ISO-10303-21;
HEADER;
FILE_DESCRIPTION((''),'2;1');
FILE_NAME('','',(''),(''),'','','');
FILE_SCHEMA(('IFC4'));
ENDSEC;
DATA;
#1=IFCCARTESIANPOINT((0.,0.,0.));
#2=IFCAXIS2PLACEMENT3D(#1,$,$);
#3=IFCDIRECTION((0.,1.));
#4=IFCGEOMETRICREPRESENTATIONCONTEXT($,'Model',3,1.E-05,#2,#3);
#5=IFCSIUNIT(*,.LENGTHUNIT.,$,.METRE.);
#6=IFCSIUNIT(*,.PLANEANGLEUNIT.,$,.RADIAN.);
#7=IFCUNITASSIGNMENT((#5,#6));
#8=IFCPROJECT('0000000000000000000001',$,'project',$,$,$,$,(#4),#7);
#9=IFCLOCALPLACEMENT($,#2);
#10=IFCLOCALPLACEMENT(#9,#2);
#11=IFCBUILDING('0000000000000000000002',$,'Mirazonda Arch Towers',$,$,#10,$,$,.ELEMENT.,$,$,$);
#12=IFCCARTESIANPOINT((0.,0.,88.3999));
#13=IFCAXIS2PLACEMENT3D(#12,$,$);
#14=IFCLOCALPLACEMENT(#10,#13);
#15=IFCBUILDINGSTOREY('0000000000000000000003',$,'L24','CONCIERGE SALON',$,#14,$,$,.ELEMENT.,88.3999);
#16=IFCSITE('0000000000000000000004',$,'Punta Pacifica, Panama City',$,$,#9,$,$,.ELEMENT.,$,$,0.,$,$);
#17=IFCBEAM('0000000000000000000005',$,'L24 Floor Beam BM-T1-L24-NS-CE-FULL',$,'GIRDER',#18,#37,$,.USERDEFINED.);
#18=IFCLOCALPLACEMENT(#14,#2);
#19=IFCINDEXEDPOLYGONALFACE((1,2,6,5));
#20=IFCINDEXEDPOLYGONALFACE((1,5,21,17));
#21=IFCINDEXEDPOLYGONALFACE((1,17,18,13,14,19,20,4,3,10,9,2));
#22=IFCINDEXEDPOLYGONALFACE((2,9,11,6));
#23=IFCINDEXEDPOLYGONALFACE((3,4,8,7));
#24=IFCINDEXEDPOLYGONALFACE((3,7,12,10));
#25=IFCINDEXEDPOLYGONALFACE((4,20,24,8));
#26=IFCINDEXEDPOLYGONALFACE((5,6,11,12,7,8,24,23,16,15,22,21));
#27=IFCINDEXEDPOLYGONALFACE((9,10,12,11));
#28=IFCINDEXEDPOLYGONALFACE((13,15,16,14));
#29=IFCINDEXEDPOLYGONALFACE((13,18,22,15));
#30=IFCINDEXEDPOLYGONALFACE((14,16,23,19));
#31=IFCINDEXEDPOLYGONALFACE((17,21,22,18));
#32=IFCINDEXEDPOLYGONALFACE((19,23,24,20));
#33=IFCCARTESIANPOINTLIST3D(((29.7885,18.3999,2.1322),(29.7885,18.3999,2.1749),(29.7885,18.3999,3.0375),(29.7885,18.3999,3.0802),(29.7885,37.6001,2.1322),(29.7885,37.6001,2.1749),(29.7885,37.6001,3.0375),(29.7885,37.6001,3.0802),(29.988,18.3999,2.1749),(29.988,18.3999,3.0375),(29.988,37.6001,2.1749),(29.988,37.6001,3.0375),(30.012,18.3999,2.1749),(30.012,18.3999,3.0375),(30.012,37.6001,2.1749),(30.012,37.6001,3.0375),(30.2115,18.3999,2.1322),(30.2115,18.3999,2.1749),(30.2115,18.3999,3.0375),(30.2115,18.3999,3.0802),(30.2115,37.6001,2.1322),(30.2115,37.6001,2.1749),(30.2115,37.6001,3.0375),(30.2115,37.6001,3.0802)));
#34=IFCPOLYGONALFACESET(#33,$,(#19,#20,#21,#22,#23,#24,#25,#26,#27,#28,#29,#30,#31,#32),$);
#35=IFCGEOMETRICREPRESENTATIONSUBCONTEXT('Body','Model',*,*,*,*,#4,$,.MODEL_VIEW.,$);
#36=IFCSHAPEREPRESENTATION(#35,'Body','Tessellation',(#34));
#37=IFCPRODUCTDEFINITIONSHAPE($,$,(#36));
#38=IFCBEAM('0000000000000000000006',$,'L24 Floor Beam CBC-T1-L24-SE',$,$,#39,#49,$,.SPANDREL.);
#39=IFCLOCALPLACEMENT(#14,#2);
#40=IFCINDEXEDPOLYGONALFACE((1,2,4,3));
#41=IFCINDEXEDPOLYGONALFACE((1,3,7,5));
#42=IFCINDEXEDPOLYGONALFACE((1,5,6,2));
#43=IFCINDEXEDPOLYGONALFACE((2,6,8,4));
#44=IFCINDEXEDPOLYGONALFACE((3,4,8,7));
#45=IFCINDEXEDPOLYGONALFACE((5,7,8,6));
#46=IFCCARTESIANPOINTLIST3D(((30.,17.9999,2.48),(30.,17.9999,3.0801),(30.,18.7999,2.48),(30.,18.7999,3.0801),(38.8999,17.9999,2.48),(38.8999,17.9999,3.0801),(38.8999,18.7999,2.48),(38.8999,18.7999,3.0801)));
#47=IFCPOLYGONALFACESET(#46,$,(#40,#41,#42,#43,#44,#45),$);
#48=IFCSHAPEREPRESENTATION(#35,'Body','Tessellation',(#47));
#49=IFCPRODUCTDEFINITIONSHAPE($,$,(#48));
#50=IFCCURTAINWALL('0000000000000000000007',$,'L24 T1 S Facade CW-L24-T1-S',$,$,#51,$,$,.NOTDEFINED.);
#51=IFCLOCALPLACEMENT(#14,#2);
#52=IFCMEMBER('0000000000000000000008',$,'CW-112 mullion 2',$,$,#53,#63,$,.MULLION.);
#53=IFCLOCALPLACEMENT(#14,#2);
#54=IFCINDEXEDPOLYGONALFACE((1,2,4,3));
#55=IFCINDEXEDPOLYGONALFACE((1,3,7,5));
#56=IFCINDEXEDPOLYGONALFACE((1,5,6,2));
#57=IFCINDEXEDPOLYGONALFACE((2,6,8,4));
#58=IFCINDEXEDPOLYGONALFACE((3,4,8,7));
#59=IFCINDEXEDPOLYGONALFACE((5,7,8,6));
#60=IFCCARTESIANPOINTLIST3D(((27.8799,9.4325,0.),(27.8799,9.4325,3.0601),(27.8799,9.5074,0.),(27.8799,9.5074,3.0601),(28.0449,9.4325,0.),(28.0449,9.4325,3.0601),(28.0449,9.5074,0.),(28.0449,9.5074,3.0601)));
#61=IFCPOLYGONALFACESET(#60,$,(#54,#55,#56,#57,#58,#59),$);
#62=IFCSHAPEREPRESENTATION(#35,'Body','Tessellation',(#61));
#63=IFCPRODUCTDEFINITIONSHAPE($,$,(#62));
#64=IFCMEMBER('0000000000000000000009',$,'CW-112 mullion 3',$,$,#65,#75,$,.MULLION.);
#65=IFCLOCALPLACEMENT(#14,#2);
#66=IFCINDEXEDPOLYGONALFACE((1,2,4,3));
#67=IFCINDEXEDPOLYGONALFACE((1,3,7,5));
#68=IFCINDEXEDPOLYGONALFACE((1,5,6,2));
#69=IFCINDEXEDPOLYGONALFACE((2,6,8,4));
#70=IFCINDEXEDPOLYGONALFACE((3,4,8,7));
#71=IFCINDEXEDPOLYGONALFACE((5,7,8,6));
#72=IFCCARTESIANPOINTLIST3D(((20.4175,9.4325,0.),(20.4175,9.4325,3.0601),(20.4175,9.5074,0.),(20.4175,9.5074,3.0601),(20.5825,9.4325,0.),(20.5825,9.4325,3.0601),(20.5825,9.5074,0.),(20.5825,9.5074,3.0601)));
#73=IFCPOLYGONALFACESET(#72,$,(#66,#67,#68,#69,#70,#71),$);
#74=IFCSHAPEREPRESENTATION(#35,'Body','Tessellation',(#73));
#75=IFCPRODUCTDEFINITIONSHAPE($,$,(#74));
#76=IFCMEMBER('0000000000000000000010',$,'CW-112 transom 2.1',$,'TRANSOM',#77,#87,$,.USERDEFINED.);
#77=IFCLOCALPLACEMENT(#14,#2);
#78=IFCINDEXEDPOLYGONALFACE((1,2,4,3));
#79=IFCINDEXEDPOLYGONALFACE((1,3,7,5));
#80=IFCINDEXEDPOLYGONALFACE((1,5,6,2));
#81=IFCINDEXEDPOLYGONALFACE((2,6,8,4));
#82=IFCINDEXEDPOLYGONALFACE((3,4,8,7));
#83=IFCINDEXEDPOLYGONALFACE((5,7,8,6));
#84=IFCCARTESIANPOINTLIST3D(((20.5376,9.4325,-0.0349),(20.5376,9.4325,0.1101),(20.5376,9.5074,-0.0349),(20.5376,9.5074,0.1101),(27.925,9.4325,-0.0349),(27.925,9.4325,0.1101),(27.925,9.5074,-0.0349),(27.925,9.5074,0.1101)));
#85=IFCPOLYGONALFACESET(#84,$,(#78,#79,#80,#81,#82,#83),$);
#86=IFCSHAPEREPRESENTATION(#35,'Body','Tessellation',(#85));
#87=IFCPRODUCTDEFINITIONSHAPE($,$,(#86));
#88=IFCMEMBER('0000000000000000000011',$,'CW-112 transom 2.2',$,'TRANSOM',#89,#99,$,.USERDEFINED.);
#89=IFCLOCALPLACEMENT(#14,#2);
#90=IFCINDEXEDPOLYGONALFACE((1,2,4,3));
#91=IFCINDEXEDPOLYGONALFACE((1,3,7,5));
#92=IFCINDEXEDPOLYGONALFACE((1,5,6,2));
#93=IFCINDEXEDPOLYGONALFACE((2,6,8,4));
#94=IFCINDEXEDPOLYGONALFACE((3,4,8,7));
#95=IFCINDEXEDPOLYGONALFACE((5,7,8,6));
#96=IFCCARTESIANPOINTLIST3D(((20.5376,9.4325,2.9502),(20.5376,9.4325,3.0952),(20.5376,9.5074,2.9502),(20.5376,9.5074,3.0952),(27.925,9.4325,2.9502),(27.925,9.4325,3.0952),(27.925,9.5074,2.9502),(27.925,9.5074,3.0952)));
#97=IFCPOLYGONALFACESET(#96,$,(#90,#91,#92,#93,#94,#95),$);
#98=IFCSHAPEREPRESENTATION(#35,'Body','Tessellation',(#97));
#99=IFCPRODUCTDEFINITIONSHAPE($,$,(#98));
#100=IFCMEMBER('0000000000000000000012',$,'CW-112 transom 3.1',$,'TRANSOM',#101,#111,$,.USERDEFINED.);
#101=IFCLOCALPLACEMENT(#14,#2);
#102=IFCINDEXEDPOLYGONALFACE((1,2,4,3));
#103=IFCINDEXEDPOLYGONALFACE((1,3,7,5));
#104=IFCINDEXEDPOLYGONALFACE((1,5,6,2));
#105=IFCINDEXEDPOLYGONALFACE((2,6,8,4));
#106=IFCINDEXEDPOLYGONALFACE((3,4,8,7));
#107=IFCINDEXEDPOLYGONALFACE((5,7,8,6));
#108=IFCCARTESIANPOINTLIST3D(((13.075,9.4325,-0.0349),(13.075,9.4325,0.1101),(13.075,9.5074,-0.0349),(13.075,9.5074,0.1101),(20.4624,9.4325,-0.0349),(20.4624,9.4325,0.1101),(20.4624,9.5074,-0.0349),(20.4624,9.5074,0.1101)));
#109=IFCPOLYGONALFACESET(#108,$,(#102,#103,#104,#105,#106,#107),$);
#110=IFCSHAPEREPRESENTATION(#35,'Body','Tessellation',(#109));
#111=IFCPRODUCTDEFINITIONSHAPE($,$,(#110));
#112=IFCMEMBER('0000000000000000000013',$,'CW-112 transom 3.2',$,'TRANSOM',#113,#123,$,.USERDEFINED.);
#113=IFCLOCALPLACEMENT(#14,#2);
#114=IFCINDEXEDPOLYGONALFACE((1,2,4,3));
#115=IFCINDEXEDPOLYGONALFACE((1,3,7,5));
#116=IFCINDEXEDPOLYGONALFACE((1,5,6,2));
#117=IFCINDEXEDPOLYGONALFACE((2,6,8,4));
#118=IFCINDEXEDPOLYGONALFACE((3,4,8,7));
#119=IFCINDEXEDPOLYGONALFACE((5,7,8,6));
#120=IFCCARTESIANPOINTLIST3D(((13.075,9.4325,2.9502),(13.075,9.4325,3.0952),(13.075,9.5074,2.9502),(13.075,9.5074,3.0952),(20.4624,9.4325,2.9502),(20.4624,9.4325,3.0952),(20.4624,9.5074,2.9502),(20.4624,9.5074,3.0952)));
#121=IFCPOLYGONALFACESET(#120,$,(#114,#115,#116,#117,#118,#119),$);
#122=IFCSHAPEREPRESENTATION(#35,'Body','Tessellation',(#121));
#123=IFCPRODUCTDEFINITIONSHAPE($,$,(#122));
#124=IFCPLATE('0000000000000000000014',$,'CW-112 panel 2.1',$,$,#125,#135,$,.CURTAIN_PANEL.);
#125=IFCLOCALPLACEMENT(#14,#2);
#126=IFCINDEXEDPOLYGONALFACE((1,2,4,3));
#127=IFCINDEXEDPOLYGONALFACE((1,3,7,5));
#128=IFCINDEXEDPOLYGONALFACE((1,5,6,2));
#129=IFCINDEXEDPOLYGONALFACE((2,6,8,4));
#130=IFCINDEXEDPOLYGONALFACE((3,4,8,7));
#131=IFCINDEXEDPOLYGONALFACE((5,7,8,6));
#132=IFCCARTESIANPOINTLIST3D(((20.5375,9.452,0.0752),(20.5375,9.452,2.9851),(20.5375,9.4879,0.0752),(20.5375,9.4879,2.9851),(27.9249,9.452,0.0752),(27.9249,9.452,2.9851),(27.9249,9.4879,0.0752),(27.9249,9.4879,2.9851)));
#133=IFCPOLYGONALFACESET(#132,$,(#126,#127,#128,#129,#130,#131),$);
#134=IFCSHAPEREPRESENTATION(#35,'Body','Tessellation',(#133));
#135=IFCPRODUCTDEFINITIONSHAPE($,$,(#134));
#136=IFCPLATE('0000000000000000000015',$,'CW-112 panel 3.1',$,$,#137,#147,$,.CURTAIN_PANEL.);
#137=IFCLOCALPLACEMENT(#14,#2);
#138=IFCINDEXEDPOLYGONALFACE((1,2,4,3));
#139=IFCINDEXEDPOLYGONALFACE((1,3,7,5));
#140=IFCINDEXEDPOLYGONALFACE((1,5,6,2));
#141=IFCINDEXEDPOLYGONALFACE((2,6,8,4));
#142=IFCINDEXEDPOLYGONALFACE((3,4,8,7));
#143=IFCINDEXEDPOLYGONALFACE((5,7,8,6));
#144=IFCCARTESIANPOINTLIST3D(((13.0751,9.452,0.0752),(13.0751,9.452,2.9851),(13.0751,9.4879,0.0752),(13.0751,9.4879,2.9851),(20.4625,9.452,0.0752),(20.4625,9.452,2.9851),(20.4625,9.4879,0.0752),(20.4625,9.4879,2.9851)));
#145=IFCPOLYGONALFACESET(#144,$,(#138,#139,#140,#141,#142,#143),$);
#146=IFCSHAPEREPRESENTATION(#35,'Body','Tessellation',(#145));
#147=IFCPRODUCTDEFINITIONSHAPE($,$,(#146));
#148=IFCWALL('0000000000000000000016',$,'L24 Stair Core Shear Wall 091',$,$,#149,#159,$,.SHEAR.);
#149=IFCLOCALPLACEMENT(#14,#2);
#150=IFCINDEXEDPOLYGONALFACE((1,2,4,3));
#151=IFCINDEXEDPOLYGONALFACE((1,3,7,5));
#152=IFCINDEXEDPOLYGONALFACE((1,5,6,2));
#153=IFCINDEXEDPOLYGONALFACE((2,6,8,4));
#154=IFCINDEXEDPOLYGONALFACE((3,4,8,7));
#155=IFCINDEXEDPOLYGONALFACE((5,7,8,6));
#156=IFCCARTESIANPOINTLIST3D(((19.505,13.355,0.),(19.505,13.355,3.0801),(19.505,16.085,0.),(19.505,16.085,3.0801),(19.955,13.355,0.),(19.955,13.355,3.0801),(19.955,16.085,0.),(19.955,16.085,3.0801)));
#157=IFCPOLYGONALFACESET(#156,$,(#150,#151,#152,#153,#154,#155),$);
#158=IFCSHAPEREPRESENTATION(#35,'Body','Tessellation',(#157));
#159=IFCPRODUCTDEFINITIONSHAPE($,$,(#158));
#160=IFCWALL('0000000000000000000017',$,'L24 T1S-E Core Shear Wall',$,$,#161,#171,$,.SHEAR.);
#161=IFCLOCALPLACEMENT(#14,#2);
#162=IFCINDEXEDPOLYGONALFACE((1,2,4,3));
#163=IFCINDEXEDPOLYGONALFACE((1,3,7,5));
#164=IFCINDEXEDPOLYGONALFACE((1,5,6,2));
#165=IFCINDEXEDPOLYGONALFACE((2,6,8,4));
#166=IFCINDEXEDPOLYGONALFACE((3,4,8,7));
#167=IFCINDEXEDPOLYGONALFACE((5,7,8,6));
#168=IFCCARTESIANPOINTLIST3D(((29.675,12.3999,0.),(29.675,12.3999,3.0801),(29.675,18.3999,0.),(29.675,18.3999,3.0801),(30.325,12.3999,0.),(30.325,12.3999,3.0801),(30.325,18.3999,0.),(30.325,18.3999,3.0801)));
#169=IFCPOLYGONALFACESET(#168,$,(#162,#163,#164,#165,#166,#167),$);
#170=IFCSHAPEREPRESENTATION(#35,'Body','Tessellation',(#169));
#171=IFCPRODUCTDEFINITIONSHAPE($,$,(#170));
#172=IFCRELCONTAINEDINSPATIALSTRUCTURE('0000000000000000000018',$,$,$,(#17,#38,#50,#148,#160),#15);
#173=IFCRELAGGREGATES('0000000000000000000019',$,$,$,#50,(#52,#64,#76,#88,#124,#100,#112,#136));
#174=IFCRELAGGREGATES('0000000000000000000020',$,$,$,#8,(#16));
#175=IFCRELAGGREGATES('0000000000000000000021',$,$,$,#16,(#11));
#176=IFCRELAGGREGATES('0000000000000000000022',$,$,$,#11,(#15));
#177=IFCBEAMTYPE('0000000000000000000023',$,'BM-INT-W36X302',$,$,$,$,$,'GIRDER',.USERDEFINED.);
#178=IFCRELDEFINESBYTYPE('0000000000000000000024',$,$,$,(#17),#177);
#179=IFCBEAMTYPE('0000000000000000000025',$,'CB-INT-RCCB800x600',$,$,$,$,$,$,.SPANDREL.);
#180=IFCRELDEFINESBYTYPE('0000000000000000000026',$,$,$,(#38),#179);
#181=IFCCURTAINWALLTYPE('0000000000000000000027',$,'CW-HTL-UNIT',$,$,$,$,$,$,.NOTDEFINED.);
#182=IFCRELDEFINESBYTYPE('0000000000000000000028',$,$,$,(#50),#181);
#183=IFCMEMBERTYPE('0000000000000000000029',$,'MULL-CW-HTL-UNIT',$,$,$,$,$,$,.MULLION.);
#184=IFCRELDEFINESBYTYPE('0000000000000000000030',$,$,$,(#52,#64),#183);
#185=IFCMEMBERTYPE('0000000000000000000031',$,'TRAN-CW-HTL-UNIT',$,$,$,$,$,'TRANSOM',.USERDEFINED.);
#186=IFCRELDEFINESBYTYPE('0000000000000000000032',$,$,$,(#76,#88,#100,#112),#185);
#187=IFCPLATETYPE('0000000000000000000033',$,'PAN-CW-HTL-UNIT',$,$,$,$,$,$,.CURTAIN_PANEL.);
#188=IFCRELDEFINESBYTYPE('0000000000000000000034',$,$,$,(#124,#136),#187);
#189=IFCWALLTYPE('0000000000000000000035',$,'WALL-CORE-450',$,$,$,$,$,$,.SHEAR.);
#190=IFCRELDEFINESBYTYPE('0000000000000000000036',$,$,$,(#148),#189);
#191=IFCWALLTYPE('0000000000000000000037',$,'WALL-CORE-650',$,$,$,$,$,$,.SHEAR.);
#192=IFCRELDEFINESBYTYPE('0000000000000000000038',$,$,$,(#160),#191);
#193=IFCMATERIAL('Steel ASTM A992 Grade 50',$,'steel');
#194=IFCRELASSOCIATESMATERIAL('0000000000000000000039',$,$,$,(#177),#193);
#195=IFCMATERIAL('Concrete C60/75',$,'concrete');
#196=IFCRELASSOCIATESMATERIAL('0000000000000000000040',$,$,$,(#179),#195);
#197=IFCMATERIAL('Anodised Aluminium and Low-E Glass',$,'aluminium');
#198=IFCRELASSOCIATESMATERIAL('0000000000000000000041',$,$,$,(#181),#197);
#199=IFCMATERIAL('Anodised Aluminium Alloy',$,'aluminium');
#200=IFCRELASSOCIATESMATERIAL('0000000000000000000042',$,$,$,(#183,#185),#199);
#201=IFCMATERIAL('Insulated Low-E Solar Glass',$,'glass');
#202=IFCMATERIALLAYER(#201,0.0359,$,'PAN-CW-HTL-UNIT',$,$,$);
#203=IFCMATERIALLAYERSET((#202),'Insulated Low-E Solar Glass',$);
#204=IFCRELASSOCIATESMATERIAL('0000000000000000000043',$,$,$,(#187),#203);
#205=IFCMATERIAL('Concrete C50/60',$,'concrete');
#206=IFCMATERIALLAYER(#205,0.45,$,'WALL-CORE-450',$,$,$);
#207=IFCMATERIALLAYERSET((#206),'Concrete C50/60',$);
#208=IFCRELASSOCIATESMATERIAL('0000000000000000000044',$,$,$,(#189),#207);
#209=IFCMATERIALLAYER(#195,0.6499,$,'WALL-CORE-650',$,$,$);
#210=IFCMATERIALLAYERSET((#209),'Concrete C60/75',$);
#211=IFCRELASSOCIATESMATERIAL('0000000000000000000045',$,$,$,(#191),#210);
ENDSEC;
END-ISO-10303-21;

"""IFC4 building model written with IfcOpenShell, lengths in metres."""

from ifc_helpers import new_model, si_unit, direction, frame, frame_2d, origin, origin_2d, place, context, subcontext, project, spatial, rectangle, i_section, extrude, material, layer, layer_set, material_profile, profile_set, type_object, element, aggregate, save


model = new_model("IFC4")

# Units and contexts
model_context = context("Model", 3, precision=1e-05, world=origin(), true_north=direction((0.0, 1.0)))
body_context = subcontext(model_context, "Body", "Model", "MODEL_VIEW")
ifc_project = project(units=[si_unit("LENGTHUNIT", "METRE"), si_unit("PLANEANGLEUNIT", "RADIAN")], contexts=[model_context])

# Site, building, storey
site_placement = place(None, origin())
site = spatial("IfcSite", under=ifc_project, at=site_placement, Name="Punta Pacifica, Panama City", CompositionType="ELEMENT", RefElevation=0.0)
building_placement = place(site_placement, origin())
building = spatial("IfcBuilding", under=site, at=building_placement, Name="Mirazonda Arch Towers", CompositionType="ELEMENT")
storey_placement = place(building_placement, frame((0.0, 0.0, 88.3999)))
storey = spatial("IfcBuildingStorey", under=building, at=storey_placement, Name="L24", Description="CONCIERGE SALON", CompositionType="ELEMENT", Elevation=88.3999)

# Shared definitions
ifc_material_1 = material(Name="Concrete C50/60", Category="concrete")

# Beams
ifc_material_2 = material(Name="Steel ASTM A992 Grade 50", Category="steel")
ifc_material_profile_1 = material_profile(ifc_material_2, i_section(OverallWidth=0.4231, OverallDepth=0.948, WebThickness=0.0239, FlangeThickness=0.0427, at=origin_2d()), Name="W36X302")
ifc_profile_set_1 = profile_set([ifc_material_profile_1], Name="Steel ASTM A992 Grade 50")
beam_type_1 = type_object("IfcBeamType", Name="BM-INT-W36X302", ElementType="GIRDER", PredefinedType="USERDEFINED", material=ifc_profile_set_1)
beam_1_placement = place(storey_placement, frame((30.0, 18.3999, 2.6062), z_axis=(0.0, 1.0, 0.0), x_axis=(-1.0, 0.0, 0.0)))
element("IfcBeam", 1, at=beam_1_placement, inside=storey, type_object=beam_type_1, Name="L24 Floor Beam BM-T1-L24-NS-CE-FULL", ObjectType="GIRDER", PredefinedType="USERDEFINED", context=body_context, shape_type="SweptSolid", body=[
    extrude(i_section(OverallWidth=0.4231, OverallDepth=0.948, WebThickness=0.0239, FlangeThickness=0.0427, at=origin_2d()), origin(), (0.0, 0.0, 1.0), 19.2002),
])
ifc_material_3 = material(Name="Concrete C60/75", Category="concrete")
ifc_material_profile_2 = material_profile(ifc_material_3, rectangle(XDim=0.8, YDim=0.6001, at=origin_2d()), Name="RCCB800x600")
ifc_profile_set_2 = profile_set([ifc_material_profile_2], Name="Concrete C60/75")
beam_type_2 = type_object("IfcBeamType", Name="CB-INT-RCCB800x600", PredefinedType="SPANDREL", material=ifc_profile_set_2)
beam_2_placement = place(storey_placement, frame((30.0, 18.3999, 2.78), z_axis=(1.0, 0.0, 0.0), x_axis=(0.0, 1.0, 0.0)))
element("IfcBeam", 2, at=beam_2_placement, inside=storey, type_object=beam_type_2, Name="L24 Floor Beam CBC-T1-L24-SE", PredefinedType="SPANDREL", context=body_context, shape_type="SweptSolid", body=[
    extrude(rectangle(XDim=0.8, YDim=0.6001, at=origin_2d()), origin(), (0.0, 0.0, 1.0), 8.8999),
])

# Curtain wall, members, plates
ifc_material_4 = material(Name="Anodised Aluminium and Low-E Glass", Category="aluminium")
curtain_wall_type = type_object("IfcCurtainWallType", Name="CW-HTL-UNIT", PredefinedType="NOTDEFINED", material=ifc_material_4)
curtain_wall_placement = place(storey_placement, origin())
curtain_wall = element("IfcCurtainWall", 3, at=curtain_wall_placement, inside=storey, type_object=curtain_wall_type, Name="L24 T1 S Facade CW-L24-T1-S", PredefinedType="NOTDEFINED")
ifc_material_5 = material(Name="Anodised Aluminium Alloy", Category="aluminium")
ifc_material_profile_3 = material_profile(ifc_material_5, rectangle(XDim=0.075, YDim=0.165, at=origin_2d()), Name="ALU-MULL-75x165")
ifc_profile_set_3 = profile_set([ifc_material_profile_3], Name="Anodised Aluminium Alloy")
member_type_1 = type_object("IfcMemberType", Name="MULL-CW-HTL-UNIT", PredefinedType="MULLION", material=ifc_profile_set_3)
member_1_placement = place(storey_placement, frame((27.9624, 9.47, 0.0), z_axis=(0.0, 0.0, 1.0), x_axis=(0.0, -1.0, 0.0)))
member_1 = element("IfcMember", 4, at=member_1_placement, type_object=member_type_1, Name="CW-112 mullion 2", PredefinedType="MULLION", context=body_context, shape_type="SweptSolid", body=[
    extrude(rectangle(XDim=0.075, YDim=0.165, at=origin_2d()), origin(), (0.0, 0.0, 1.0), 3.0601),
])
member_2_placement = place(storey_placement, frame((20.5, 9.47, 0.0), z_axis=(0.0, 0.0, 1.0), x_axis=(0.0, -1.0, 0.0)))
member_2 = element("IfcMember", 5, at=member_2_placement, type_object=member_type_1, Name="CW-112 mullion 3", PredefinedType="MULLION", context=body_context, shape_type="SweptSolid", body=[
    extrude(rectangle(XDim=0.075, YDim=0.165, at=origin_2d()), origin(), (0.0, 0.0, 1.0), 3.0601),
])
ifc_material_profile_4 = material_profile(ifc_material_5, rectangle(XDim=0.075, YDim=0.145, at=origin_2d()), Name="ALU-TRAN-75x145")
ifc_profile_set_4 = profile_set([ifc_material_profile_4], Name="Anodised Aluminium Alloy")
member_type_2 = type_object("IfcMemberType", Name="TRAN-CW-HTL-UNIT", ElementType="TRANSOM", PredefinedType="USERDEFINED", material=ifc_profile_set_4)
member_3_placement = place(storey_placement, frame((27.925, 9.47, 0.0376), z_axis=(-1.0, 0.0, 0.0), x_axis=(0.0, -1.0, 0.0)))
member_3 = element("IfcMember", 6, at=member_3_placement, type_object=member_type_2, Name="CW-112 transom 2.1", ObjectType="TRANSOM", PredefinedType="USERDEFINED", context=body_context, shape_type="SweptSolid", body=[
    extrude(rectangle(XDim=0.075, YDim=0.145, at=origin_2d()), origin(), (0.0, 0.0, 1.0), 7.3875),
])
member_4_placement = place(storey_placement, frame((27.925, 9.47, 3.0227), z_axis=(-1.0, 0.0, 0.0), x_axis=(0.0, -1.0, 0.0)))
member_4 = element("IfcMember", 7, at=member_4_placement, type_object=member_type_2, Name="CW-112 transom 2.2", ObjectType="TRANSOM", PredefinedType="USERDEFINED", context=body_context, shape_type="SweptSolid", body=[
    extrude(rectangle(XDim=0.075, YDim=0.145, at=origin_2d()), origin(), (0.0, 0.0, 1.0), 7.3875),
])
member_5_placement = place(storey_placement, frame((20.4624, 9.47, 0.0376), z_axis=(-1.0, 0.0, 0.0), x_axis=(0.0, -1.0, 0.0)))
member_5 = element("IfcMember", 8, at=member_5_placement, type_object=member_type_2, Name="CW-112 transom 3.1", ObjectType="TRANSOM", PredefinedType="USERDEFINED", context=body_context, shape_type="SweptSolid", body=[
    extrude(rectangle(XDim=0.075, YDim=0.145, at=origin_2d()), origin(), (0.0, 0.0, 1.0), 7.3875),
])
member_6_placement = place(storey_placement, frame((20.4624, 9.47, 3.0227), z_axis=(-1.0, 0.0, 0.0), x_axis=(0.0, -1.0, 0.0)))
member_6 = element("IfcMember", 9, at=member_6_placement, type_object=member_type_2, Name="CW-112 transom 3.2", ObjectType="TRANSOM", PredefinedType="USERDEFINED", context=body_context, shape_type="SweptSolid", body=[
    extrude(rectangle(XDim=0.075, YDim=0.145, at=origin_2d()), origin(), (0.0, 0.0, 1.0), 7.3875),
])
ifc_material_6 = material(Name="Insulated Low-E Solar Glass", Category="glass")
ifc_layer_1 = layer(ifc_material_6, 0.0359, Name="PAN-CW-HTL-UNIT")
ifc_layer_set_1 = layer_set([ifc_layer_1], Name="Insulated Low-E Solar Glass")
plate_type = type_object("IfcPlateType", Name="PAN-CW-HTL-UNIT", PredefinedType="CURTAIN_PANEL", material=ifc_layer_set_1)
plate_1_placement = place(storey_placement, frame((24.2312, 9.47, 0.0752), z_axis=(0.0, 0.0, 1.0), x_axis=(-1.0, 0.0, 0.0)))
plate_1 = element("IfcPlate", 10, at=plate_1_placement, type_object=plate_type, Name="CW-112 panel 2.1", PredefinedType="CURTAIN_PANEL", context=body_context, shape_type="SweptSolid", body=[
    extrude(rectangle(XDim=7.3875, YDim=0.0359, at=origin_2d()), origin(), (0.0, 0.0, 1.0), 2.9099),
])
plate_2_placement = place(storey_placement, frame((16.7688, 9.47, 0.0752), z_axis=(0.0, 0.0, 1.0), x_axis=(-1.0, 0.0, 0.0)))
plate_2 = element("IfcPlate", 11, at=plate_2_placement, type_object=plate_type, Name="CW-112 panel 3.1", PredefinedType="CURTAIN_PANEL", context=body_context, shape_type="SweptSolid", body=[
    extrude(rectangle(XDim=7.3875, YDim=0.0359, at=origin_2d()), origin(), (0.0, 0.0, 1.0), 2.9099),
])
aggregate(curtain_wall, [member_1, member_2, member_3, member_4, plate_1, member_5, member_6, plate_2])

# Walls
ifc_layer_2 = layer(ifc_material_1, 0.45, Name="WALL-CORE-450")
ifc_layer_set_2 = layer_set([ifc_layer_2], Name="Concrete C50/60")
wall_type_1 = type_object("IfcWallType", Name="WALL-CORE-450", PredefinedType="SHEAR", material=ifc_layer_set_2)
wall_1_placement = place(storey_placement, frame((19.73, 13.355, 0.0), z_axis=(0.0, 0.0, 1.0), x_axis=(0.0, 1.0, 0.0)))
element("IfcWall", 12, at=wall_1_placement, inside=storey, type_object=wall_type_1, Name="L24 Stair Core Shear Wall 091", PredefinedType="SHEAR", context=body_context, shape_type="SweptSolid", body=[
    extrude(rectangle(XDim=2.73, YDim=0.45, at=frame_2d((1.365, 0.0))), origin(), (0.0, 0.0, 1.0), 3.0801),
])
ifc_layer_3 = layer(ifc_material_3, 0.6499, Name="WALL-CORE-650")
ifc_layer_set_3 = layer_set([ifc_layer_3], Name="Concrete C60/75")
wall_type_2 = type_object("IfcWallType", Name="WALL-CORE-650", PredefinedType="SHEAR", material=ifc_layer_set_3)
wall_2_placement = place(storey_placement, frame((30.0, 12.3999, 0.0), z_axis=(0.0, 0.0, 1.0), x_axis=(0.0, 1.0, 0.0)))
element("IfcWall", 13, at=wall_2_placement, inside=storey, type_object=wall_type_2, Name="L24 T1S-E Core Shear Wall", PredefinedType="SHEAR", context=body_context, shape_type="SweptSolid", body=[
    extrude(rectangle(XDim=6.0, YDim=0.6499, at=frame_2d((3.0, 0.0))), origin(), (0.0, 0.0, 1.0), 3.0801),
])

save(model, "model.ifc")
